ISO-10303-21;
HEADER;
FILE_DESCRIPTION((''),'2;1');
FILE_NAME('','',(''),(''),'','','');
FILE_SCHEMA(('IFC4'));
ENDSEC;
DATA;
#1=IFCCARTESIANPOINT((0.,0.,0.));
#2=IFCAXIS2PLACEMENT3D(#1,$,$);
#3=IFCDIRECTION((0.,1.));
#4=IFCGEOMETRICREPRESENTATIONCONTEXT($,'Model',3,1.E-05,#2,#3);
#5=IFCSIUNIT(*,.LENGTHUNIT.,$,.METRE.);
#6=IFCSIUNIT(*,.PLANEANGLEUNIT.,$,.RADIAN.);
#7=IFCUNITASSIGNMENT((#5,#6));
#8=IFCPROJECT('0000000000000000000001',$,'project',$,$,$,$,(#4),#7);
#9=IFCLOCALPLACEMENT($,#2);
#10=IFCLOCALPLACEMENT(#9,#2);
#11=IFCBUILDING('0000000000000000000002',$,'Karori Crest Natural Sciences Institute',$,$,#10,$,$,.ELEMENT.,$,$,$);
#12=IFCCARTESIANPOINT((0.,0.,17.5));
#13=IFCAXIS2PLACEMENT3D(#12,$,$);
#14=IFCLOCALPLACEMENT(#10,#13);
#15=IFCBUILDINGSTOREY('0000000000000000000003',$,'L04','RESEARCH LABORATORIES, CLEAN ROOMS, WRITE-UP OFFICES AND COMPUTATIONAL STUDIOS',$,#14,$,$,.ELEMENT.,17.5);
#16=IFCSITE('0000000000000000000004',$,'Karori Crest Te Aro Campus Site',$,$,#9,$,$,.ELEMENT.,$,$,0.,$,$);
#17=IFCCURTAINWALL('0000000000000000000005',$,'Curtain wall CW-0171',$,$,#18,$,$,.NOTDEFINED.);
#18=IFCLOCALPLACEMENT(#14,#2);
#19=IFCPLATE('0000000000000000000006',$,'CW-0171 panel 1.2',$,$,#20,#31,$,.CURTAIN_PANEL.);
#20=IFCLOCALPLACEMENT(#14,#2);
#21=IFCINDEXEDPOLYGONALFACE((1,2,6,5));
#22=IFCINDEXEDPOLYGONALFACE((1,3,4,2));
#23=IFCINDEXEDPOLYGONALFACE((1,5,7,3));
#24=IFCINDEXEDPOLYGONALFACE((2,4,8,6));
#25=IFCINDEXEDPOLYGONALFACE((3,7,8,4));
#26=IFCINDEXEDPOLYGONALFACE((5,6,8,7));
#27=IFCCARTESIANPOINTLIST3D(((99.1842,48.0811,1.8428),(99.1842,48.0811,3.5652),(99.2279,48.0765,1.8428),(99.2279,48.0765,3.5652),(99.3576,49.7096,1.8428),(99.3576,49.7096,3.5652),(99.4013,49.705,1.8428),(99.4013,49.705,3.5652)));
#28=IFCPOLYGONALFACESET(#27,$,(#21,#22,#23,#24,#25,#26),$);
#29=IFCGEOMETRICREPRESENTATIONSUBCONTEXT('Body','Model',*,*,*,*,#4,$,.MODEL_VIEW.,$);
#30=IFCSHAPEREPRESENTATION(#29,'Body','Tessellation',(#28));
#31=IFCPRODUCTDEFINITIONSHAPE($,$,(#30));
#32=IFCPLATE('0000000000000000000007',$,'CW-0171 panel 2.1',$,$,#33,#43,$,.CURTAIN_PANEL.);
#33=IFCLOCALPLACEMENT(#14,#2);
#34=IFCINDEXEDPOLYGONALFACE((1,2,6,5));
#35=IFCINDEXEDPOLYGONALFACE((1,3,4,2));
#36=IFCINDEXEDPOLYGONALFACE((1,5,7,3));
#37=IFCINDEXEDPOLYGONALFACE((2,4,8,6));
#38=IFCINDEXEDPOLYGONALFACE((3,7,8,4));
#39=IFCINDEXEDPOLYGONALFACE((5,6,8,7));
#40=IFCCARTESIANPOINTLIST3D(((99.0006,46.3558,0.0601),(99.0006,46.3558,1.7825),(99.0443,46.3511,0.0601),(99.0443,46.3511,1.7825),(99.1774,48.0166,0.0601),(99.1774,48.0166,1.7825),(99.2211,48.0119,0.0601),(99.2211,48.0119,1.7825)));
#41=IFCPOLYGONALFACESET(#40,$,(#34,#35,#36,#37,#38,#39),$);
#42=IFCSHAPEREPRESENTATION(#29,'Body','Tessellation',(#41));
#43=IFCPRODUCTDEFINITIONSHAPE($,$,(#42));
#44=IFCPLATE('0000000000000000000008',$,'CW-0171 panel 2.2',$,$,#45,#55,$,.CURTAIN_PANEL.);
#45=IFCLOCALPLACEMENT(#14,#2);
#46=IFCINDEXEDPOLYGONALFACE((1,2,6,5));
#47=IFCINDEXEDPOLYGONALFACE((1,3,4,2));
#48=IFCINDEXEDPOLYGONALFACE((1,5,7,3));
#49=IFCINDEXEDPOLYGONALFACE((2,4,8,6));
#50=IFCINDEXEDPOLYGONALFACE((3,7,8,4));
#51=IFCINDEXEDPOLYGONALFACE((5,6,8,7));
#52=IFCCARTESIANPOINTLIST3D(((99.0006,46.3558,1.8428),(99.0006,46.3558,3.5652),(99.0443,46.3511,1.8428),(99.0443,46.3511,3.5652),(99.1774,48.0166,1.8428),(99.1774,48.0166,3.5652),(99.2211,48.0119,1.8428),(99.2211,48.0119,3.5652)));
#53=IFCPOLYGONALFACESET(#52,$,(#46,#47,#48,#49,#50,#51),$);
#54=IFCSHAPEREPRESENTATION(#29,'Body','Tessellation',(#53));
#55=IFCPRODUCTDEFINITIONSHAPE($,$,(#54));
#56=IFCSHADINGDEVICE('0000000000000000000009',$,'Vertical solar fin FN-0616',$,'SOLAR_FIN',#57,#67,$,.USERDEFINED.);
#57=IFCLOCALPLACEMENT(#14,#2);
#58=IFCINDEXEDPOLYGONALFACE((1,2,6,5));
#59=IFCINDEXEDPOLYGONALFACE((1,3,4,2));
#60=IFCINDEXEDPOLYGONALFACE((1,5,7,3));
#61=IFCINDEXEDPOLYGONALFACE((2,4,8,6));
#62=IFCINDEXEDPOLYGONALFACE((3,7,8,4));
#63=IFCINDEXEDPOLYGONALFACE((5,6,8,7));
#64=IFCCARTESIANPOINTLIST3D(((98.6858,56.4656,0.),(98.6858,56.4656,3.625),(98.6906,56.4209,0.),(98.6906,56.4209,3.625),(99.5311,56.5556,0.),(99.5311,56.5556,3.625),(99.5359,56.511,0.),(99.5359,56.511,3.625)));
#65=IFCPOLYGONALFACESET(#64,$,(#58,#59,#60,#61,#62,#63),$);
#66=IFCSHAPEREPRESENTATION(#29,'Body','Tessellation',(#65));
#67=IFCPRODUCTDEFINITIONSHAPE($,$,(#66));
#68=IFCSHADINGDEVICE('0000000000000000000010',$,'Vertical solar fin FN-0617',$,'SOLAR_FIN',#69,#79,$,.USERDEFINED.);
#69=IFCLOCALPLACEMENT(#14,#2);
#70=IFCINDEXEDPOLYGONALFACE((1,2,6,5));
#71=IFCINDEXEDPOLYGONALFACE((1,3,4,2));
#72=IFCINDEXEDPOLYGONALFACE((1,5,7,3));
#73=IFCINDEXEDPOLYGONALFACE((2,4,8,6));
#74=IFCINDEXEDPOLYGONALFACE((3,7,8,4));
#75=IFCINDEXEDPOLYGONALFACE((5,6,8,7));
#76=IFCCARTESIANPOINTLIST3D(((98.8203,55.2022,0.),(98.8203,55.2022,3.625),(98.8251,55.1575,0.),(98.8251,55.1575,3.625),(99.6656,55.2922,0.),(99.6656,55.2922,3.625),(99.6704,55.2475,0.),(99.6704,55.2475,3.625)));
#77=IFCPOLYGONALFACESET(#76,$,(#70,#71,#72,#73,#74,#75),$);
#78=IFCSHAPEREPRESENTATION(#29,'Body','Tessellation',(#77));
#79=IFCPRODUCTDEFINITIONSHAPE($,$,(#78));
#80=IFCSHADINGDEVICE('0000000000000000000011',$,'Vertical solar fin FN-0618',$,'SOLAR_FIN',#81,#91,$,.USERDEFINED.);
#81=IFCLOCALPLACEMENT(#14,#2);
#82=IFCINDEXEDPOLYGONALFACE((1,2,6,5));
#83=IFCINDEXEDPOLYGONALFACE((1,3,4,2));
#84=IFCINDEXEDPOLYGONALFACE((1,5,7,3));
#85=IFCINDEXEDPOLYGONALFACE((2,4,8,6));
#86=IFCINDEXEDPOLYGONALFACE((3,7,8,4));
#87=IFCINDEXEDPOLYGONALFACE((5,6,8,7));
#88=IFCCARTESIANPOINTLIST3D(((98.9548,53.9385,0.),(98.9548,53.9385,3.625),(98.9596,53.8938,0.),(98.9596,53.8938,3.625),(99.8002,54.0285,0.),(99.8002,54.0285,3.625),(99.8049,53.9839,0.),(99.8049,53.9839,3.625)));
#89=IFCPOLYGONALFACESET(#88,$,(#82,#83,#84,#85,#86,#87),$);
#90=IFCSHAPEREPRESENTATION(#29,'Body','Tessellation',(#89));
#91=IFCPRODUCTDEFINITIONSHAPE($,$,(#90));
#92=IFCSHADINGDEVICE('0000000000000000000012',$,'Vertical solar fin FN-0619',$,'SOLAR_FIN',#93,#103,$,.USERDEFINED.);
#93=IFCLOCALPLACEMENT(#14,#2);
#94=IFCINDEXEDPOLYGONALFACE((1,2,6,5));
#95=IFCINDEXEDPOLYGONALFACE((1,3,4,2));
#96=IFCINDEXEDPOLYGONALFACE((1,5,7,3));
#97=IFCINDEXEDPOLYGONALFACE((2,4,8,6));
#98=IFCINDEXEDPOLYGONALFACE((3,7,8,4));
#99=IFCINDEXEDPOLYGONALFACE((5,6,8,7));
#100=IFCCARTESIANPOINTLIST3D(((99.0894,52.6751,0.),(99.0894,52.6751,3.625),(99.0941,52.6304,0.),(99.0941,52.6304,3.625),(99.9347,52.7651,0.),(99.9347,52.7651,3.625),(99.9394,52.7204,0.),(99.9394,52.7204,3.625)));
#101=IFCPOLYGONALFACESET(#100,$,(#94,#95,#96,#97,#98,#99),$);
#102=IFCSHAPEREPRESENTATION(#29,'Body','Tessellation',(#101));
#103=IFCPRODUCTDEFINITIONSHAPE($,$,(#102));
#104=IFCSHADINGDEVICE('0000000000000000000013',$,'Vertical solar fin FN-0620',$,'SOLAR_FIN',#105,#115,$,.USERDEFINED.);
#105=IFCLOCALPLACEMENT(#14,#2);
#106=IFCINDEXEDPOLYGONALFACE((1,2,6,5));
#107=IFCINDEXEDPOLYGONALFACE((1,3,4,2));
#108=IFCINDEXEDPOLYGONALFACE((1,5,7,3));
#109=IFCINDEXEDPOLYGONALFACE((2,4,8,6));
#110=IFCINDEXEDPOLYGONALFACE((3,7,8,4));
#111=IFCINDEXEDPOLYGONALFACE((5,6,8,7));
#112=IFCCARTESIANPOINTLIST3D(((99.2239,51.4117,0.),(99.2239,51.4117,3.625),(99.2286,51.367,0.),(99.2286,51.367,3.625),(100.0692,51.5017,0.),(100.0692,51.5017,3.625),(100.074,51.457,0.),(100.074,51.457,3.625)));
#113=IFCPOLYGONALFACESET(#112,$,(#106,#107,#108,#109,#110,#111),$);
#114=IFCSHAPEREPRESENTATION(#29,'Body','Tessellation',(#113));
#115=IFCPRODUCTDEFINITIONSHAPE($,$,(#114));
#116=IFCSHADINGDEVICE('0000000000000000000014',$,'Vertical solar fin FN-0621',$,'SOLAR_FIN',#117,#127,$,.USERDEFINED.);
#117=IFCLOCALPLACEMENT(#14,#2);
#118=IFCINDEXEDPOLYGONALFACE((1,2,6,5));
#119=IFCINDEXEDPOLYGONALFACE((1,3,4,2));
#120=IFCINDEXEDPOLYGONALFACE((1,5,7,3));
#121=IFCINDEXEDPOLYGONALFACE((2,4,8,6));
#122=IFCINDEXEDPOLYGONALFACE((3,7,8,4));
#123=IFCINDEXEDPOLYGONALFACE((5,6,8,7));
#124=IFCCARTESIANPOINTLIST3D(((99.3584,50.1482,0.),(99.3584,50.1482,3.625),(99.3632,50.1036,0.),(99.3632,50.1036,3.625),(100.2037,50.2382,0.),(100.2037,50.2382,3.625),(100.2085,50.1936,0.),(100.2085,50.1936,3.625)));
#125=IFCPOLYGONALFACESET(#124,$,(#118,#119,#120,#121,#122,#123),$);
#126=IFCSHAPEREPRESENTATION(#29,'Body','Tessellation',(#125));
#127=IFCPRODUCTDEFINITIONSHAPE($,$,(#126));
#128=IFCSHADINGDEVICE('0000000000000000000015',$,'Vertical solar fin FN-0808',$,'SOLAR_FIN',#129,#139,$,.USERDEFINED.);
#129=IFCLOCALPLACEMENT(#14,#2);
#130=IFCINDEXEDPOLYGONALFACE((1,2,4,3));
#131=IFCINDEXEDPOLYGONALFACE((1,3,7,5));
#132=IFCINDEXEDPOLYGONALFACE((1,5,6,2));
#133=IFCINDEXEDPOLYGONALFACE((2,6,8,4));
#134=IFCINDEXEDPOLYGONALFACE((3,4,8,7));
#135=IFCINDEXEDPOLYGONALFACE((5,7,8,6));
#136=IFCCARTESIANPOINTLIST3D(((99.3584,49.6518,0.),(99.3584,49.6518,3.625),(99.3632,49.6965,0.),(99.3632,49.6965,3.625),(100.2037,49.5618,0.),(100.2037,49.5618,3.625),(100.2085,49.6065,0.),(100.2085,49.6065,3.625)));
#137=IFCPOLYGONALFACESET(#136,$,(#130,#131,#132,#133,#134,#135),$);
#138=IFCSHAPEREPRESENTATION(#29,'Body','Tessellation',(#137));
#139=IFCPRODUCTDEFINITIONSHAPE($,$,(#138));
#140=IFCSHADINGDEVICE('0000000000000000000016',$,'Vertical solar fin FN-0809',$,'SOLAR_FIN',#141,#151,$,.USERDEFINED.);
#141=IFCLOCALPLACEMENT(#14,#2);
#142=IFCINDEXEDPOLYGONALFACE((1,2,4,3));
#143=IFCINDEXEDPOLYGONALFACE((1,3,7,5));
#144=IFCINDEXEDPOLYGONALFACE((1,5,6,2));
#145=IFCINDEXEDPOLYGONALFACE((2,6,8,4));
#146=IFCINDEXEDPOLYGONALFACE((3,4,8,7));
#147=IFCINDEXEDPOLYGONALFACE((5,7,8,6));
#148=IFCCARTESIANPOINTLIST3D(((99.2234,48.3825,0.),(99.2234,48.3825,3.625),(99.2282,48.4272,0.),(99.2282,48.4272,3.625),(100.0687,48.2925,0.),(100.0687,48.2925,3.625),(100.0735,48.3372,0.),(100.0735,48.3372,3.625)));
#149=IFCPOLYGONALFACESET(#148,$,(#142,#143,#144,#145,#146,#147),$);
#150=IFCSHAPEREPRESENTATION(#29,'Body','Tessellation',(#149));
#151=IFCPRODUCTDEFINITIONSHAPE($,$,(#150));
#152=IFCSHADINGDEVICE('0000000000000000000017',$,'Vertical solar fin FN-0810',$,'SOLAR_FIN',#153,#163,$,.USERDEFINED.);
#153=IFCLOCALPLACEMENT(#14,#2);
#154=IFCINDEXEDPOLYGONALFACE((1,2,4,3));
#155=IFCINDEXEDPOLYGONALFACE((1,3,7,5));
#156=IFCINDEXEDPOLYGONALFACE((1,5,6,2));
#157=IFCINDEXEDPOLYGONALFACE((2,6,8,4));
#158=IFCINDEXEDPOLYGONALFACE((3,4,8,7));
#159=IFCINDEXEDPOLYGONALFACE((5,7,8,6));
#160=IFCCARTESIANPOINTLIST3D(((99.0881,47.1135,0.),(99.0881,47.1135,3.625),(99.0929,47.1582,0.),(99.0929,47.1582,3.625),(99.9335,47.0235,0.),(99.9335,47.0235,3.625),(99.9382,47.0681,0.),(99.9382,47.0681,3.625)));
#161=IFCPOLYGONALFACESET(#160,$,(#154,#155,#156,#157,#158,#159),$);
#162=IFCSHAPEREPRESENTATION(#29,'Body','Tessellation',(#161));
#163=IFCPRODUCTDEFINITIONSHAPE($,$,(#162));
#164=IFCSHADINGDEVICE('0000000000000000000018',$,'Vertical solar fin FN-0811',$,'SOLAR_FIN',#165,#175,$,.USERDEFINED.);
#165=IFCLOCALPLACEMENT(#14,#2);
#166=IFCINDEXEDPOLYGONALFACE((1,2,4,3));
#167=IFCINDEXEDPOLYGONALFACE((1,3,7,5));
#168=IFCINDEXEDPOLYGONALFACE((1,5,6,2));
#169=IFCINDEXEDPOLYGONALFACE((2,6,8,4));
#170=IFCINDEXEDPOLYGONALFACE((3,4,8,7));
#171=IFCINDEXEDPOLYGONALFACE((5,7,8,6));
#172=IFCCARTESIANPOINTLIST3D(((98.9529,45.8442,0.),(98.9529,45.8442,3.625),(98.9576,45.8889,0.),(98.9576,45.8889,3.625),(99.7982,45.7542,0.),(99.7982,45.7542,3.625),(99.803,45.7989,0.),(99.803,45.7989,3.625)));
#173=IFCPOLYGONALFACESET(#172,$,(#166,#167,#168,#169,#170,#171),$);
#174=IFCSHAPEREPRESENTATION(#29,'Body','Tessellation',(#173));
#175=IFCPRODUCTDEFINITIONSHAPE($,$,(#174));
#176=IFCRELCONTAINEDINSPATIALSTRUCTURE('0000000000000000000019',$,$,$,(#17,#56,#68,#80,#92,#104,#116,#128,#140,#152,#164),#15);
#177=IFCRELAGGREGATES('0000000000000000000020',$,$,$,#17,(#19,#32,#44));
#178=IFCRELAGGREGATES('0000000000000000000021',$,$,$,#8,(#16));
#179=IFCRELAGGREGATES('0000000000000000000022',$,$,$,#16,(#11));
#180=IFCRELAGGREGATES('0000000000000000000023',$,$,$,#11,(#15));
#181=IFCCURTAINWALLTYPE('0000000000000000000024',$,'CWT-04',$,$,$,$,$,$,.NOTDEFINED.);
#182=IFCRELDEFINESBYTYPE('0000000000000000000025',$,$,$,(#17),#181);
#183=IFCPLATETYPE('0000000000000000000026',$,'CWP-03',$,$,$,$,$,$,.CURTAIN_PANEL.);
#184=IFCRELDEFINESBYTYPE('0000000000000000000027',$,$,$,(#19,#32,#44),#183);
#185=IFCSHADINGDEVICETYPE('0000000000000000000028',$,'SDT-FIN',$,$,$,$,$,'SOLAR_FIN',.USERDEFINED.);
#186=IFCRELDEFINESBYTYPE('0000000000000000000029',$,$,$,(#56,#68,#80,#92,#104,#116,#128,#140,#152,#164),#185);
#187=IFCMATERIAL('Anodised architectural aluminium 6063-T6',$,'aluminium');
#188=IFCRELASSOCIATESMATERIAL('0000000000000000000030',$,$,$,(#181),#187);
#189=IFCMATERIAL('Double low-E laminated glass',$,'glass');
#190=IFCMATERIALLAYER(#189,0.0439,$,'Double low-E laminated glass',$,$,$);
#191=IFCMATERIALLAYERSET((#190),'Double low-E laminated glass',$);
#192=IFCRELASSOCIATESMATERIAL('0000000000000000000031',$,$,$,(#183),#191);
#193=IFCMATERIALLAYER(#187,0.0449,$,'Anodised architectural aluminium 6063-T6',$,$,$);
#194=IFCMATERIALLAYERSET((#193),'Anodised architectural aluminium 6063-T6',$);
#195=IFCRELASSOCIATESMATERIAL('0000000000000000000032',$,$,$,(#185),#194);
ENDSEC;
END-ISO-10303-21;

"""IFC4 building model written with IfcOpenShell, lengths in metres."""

from ifc_helpers import new_model, si_unit, direction, frame, origin, origin_2d, place, context, subcontext, project, spatial, rectangle, extrude, material, layer, layer_set, type_object, element, aggregate, save


model = new_model("IFC4")

# Units and contexts
model_context = context("Model", 3, precision=1e-05, world=origin(), true_north=direction((0.0, 1.0)))
body_context = subcontext(model_context, "Body", "Model", "MODEL_VIEW")
ifc_project = project(units=[si_unit("LENGTHUNIT", "METRE"), si_unit("PLANEANGLEUNIT", "RADIAN")], contexts=[model_context])

# Site, building, storey
site_placement = place(None, origin())
site = spatial("IfcSite", under=ifc_project, at=site_placement, Name="Karori Crest Te Aro Campus Site", CompositionType="ELEMENT", RefElevation=0.0)
building_placement = place(site_placement, origin())
building = spatial("IfcBuilding", under=site, at=building_placement, Name="Karori Crest Natural Sciences Institute", CompositionType="ELEMENT")
storey_placement = place(building_placement, frame((0.0, 0.0, 17.5)))
storey = spatial("IfcBuildingStorey", under=building, at=storey_placement, Name="L04", Description="RESEARCH LABORATORIES, CLEAN ROOMS, WRITE-UP OFFICES AND COMPUTATIONAL STUDIOS", CompositionType="ELEMENT", Elevation=17.5)

# Curtain wall
ifc_material_1 = material(Name="Anodised architectural aluminium 6063-T6", Category="aluminium")
curtain_wall_type_1 = type_object("IfcCurtainWallType", Name="CWT-04", PredefinedType="NOTDEFINED", material=ifc_material_1)
curtain_wall_1_placement = place(storey_placement, origin())
curtain_wall_1 = element("IfcCurtainWall", 1, at=curtain_wall_1_placement, inside=storey, type_object=curtain_wall_type_1, Name="Curtain wall CW-0171", PredefinedType="NOTDEFINED")

# Plates
ifc_material_2 = material(Name="Double low-E laminated glass", Category="glass")
ifc_layer_1 = layer(ifc_material_2, 0.0439, Name="Double low-E laminated glass")
ifc_layer_set_1 = layer_set([ifc_layer_1], Name="Double low-E laminated glass")
plate_type_1 = type_object("IfcPlateType", Name="CWP-03", PredefinedType="CURTAIN_PANEL", material=ifc_layer_set_1)
plate_1_placement = place(storey_placement, frame((99.2927, 48.8931, 1.8428), z_axis=(0.0, 0.0, 1.0), x_axis=(-0.105886, -0.994378, 0.0)))
plate_1 = element("IfcPlate", 2, at=plate_1_placement, type_object=plate_type_1, Name="CW-0171 panel 1.2", PredefinedType="CURTAIN_PANEL", context=body_context, shape_type="SweptSolid", body=[
    extrude(rectangle(XDim=1.6377, YDim=0.0439, at=origin_2d()), origin(), (0.0, 0.0, 1.0), 1.7224),
])
plate_2_placement = place(storey_placement, frame((99.1108, 47.1838, 0.0601), z_axis=(0.0, 0.0, 1.0), x_axis=(-0.105886, -0.994378, 0.0)))
plate_2 = element("IfcPlate", 3, at=plate_2_placement, type_object=plate_type_1, Name="CW-0171 panel 2.1", PredefinedType="CURTAIN_PANEL", context=body_context, shape_type="SweptSolid", body=[
    extrude(rectangle(XDim=1.6702, YDim=0.0439, at=origin_2d()), origin(), (0.0, 0.0, 1.0), 1.7224),
])
plate_3_placement = place(storey_placement, frame((99.1108, 47.1838, 1.8428), z_axis=(0.0, 0.0, 1.0), x_axis=(-0.105886, -0.994378, 0.0)))
plate_3 = element("IfcPlate", 4, at=plate_3_placement, type_object=plate_type_1, Name="CW-0171 panel 2.2", PredefinedType="CURTAIN_PANEL", context=body_context, shape_type="SweptSolid", body=[
    extrude(rectangle(XDim=1.6702, YDim=0.0439, at=origin_2d()), origin(), (0.0, 0.0, 1.0), 1.7224),
])
aggregate(curtain_wall_1, [plate_1, plate_2, plate_3])

# Shading devices
ifc_layer_2 = layer(ifc_material_1, 0.0449, Name="Anodised architectural aluminium 6063-T6")
ifc_layer_set_2 = layer_set([ifc_layer_2], Name="Anodised architectural aluminium 6063-T6")
shading_device_type = type_object("IfcShadingDeviceType", Name="SDT-FIN", ElementType="SOLAR_FIN", PredefinedType="USERDEFINED", material=ifc_layer_set_2)
for number, where, z_axis, x_axis, name in (
    (5, (99.1108, 56.4883, 0.0), (0.0, 0.0, 1.0), (0.994378, 0.105884, 0.0), "Vertical solar fin FN-0616"),
    (6, (99.2454, 55.2249, 0.0), (0.0, 0.0, 1.0), (0.994378, 0.105884, 0.0), "Vertical solar fin FN-0617"),
    (7, (99.3799, 53.9612, 0.0), (0.0, 0.0, 1.0), (0.994378, 0.105884, 0.0), "Vertical solar fin FN-0618"),
    (8, (99.5144, 52.6978, 0.0), (0.0, 0.0, 1.0), (0.994378, 0.105884, 0.0), "Vertical solar fin FN-0619"),
    (9, (99.6489, 51.4343, 0.0), (0.0, 0.0, 1.0), (0.994378, 0.105884, 0.0), "Vertical solar fin FN-0620"),
    (10, (99.7834, 50.1709, 0.0), (0.0, 0.0, 1.0), (0.994378, 0.105884, 0.0), "Vertical solar fin FN-0621"),
    (11, (99.7834, 49.6292, 0.0), (0.0, 0.0, 1.0), (0.994378, -0.105886, 0.0), "Vertical solar fin FN-0808"),
    (12, (99.6484, 48.3599, 0.0), (0.0, 0.0, 1.0), (0.994378, -0.105886, 0.0), "Vertical solar fin FN-0809"),
    (13, (99.5132, 47.0908, 0.0), (0.0, 0.0, 1.0), (0.994378, -0.105886, 0.0), "Vertical solar fin FN-0810"),
    (14, (99.3779, 45.8215, 0.0), (0.0, 0.0, 1.0), (0.994378, -0.105886, 0.0), "Vertical solar fin FN-0811"),
):
    element("IfcShadingDevice", number, at=place(storey_placement, frame(where, z_axis=z_axis, x_axis=x_axis)), inside=storey, type_object=shading_device_type, Name=name, ObjectType="SOLAR_FIN", PredefinedType="USERDEFINED", context=body_context, shape_type="SweptSolid", body=[
        extrude(rectangle(XDim=0.8501, YDim=0.0449, at=origin_2d()), origin(), (0.0, 0.0, 1.0), 3.625),
    ])

save(model, "model.ifc")
